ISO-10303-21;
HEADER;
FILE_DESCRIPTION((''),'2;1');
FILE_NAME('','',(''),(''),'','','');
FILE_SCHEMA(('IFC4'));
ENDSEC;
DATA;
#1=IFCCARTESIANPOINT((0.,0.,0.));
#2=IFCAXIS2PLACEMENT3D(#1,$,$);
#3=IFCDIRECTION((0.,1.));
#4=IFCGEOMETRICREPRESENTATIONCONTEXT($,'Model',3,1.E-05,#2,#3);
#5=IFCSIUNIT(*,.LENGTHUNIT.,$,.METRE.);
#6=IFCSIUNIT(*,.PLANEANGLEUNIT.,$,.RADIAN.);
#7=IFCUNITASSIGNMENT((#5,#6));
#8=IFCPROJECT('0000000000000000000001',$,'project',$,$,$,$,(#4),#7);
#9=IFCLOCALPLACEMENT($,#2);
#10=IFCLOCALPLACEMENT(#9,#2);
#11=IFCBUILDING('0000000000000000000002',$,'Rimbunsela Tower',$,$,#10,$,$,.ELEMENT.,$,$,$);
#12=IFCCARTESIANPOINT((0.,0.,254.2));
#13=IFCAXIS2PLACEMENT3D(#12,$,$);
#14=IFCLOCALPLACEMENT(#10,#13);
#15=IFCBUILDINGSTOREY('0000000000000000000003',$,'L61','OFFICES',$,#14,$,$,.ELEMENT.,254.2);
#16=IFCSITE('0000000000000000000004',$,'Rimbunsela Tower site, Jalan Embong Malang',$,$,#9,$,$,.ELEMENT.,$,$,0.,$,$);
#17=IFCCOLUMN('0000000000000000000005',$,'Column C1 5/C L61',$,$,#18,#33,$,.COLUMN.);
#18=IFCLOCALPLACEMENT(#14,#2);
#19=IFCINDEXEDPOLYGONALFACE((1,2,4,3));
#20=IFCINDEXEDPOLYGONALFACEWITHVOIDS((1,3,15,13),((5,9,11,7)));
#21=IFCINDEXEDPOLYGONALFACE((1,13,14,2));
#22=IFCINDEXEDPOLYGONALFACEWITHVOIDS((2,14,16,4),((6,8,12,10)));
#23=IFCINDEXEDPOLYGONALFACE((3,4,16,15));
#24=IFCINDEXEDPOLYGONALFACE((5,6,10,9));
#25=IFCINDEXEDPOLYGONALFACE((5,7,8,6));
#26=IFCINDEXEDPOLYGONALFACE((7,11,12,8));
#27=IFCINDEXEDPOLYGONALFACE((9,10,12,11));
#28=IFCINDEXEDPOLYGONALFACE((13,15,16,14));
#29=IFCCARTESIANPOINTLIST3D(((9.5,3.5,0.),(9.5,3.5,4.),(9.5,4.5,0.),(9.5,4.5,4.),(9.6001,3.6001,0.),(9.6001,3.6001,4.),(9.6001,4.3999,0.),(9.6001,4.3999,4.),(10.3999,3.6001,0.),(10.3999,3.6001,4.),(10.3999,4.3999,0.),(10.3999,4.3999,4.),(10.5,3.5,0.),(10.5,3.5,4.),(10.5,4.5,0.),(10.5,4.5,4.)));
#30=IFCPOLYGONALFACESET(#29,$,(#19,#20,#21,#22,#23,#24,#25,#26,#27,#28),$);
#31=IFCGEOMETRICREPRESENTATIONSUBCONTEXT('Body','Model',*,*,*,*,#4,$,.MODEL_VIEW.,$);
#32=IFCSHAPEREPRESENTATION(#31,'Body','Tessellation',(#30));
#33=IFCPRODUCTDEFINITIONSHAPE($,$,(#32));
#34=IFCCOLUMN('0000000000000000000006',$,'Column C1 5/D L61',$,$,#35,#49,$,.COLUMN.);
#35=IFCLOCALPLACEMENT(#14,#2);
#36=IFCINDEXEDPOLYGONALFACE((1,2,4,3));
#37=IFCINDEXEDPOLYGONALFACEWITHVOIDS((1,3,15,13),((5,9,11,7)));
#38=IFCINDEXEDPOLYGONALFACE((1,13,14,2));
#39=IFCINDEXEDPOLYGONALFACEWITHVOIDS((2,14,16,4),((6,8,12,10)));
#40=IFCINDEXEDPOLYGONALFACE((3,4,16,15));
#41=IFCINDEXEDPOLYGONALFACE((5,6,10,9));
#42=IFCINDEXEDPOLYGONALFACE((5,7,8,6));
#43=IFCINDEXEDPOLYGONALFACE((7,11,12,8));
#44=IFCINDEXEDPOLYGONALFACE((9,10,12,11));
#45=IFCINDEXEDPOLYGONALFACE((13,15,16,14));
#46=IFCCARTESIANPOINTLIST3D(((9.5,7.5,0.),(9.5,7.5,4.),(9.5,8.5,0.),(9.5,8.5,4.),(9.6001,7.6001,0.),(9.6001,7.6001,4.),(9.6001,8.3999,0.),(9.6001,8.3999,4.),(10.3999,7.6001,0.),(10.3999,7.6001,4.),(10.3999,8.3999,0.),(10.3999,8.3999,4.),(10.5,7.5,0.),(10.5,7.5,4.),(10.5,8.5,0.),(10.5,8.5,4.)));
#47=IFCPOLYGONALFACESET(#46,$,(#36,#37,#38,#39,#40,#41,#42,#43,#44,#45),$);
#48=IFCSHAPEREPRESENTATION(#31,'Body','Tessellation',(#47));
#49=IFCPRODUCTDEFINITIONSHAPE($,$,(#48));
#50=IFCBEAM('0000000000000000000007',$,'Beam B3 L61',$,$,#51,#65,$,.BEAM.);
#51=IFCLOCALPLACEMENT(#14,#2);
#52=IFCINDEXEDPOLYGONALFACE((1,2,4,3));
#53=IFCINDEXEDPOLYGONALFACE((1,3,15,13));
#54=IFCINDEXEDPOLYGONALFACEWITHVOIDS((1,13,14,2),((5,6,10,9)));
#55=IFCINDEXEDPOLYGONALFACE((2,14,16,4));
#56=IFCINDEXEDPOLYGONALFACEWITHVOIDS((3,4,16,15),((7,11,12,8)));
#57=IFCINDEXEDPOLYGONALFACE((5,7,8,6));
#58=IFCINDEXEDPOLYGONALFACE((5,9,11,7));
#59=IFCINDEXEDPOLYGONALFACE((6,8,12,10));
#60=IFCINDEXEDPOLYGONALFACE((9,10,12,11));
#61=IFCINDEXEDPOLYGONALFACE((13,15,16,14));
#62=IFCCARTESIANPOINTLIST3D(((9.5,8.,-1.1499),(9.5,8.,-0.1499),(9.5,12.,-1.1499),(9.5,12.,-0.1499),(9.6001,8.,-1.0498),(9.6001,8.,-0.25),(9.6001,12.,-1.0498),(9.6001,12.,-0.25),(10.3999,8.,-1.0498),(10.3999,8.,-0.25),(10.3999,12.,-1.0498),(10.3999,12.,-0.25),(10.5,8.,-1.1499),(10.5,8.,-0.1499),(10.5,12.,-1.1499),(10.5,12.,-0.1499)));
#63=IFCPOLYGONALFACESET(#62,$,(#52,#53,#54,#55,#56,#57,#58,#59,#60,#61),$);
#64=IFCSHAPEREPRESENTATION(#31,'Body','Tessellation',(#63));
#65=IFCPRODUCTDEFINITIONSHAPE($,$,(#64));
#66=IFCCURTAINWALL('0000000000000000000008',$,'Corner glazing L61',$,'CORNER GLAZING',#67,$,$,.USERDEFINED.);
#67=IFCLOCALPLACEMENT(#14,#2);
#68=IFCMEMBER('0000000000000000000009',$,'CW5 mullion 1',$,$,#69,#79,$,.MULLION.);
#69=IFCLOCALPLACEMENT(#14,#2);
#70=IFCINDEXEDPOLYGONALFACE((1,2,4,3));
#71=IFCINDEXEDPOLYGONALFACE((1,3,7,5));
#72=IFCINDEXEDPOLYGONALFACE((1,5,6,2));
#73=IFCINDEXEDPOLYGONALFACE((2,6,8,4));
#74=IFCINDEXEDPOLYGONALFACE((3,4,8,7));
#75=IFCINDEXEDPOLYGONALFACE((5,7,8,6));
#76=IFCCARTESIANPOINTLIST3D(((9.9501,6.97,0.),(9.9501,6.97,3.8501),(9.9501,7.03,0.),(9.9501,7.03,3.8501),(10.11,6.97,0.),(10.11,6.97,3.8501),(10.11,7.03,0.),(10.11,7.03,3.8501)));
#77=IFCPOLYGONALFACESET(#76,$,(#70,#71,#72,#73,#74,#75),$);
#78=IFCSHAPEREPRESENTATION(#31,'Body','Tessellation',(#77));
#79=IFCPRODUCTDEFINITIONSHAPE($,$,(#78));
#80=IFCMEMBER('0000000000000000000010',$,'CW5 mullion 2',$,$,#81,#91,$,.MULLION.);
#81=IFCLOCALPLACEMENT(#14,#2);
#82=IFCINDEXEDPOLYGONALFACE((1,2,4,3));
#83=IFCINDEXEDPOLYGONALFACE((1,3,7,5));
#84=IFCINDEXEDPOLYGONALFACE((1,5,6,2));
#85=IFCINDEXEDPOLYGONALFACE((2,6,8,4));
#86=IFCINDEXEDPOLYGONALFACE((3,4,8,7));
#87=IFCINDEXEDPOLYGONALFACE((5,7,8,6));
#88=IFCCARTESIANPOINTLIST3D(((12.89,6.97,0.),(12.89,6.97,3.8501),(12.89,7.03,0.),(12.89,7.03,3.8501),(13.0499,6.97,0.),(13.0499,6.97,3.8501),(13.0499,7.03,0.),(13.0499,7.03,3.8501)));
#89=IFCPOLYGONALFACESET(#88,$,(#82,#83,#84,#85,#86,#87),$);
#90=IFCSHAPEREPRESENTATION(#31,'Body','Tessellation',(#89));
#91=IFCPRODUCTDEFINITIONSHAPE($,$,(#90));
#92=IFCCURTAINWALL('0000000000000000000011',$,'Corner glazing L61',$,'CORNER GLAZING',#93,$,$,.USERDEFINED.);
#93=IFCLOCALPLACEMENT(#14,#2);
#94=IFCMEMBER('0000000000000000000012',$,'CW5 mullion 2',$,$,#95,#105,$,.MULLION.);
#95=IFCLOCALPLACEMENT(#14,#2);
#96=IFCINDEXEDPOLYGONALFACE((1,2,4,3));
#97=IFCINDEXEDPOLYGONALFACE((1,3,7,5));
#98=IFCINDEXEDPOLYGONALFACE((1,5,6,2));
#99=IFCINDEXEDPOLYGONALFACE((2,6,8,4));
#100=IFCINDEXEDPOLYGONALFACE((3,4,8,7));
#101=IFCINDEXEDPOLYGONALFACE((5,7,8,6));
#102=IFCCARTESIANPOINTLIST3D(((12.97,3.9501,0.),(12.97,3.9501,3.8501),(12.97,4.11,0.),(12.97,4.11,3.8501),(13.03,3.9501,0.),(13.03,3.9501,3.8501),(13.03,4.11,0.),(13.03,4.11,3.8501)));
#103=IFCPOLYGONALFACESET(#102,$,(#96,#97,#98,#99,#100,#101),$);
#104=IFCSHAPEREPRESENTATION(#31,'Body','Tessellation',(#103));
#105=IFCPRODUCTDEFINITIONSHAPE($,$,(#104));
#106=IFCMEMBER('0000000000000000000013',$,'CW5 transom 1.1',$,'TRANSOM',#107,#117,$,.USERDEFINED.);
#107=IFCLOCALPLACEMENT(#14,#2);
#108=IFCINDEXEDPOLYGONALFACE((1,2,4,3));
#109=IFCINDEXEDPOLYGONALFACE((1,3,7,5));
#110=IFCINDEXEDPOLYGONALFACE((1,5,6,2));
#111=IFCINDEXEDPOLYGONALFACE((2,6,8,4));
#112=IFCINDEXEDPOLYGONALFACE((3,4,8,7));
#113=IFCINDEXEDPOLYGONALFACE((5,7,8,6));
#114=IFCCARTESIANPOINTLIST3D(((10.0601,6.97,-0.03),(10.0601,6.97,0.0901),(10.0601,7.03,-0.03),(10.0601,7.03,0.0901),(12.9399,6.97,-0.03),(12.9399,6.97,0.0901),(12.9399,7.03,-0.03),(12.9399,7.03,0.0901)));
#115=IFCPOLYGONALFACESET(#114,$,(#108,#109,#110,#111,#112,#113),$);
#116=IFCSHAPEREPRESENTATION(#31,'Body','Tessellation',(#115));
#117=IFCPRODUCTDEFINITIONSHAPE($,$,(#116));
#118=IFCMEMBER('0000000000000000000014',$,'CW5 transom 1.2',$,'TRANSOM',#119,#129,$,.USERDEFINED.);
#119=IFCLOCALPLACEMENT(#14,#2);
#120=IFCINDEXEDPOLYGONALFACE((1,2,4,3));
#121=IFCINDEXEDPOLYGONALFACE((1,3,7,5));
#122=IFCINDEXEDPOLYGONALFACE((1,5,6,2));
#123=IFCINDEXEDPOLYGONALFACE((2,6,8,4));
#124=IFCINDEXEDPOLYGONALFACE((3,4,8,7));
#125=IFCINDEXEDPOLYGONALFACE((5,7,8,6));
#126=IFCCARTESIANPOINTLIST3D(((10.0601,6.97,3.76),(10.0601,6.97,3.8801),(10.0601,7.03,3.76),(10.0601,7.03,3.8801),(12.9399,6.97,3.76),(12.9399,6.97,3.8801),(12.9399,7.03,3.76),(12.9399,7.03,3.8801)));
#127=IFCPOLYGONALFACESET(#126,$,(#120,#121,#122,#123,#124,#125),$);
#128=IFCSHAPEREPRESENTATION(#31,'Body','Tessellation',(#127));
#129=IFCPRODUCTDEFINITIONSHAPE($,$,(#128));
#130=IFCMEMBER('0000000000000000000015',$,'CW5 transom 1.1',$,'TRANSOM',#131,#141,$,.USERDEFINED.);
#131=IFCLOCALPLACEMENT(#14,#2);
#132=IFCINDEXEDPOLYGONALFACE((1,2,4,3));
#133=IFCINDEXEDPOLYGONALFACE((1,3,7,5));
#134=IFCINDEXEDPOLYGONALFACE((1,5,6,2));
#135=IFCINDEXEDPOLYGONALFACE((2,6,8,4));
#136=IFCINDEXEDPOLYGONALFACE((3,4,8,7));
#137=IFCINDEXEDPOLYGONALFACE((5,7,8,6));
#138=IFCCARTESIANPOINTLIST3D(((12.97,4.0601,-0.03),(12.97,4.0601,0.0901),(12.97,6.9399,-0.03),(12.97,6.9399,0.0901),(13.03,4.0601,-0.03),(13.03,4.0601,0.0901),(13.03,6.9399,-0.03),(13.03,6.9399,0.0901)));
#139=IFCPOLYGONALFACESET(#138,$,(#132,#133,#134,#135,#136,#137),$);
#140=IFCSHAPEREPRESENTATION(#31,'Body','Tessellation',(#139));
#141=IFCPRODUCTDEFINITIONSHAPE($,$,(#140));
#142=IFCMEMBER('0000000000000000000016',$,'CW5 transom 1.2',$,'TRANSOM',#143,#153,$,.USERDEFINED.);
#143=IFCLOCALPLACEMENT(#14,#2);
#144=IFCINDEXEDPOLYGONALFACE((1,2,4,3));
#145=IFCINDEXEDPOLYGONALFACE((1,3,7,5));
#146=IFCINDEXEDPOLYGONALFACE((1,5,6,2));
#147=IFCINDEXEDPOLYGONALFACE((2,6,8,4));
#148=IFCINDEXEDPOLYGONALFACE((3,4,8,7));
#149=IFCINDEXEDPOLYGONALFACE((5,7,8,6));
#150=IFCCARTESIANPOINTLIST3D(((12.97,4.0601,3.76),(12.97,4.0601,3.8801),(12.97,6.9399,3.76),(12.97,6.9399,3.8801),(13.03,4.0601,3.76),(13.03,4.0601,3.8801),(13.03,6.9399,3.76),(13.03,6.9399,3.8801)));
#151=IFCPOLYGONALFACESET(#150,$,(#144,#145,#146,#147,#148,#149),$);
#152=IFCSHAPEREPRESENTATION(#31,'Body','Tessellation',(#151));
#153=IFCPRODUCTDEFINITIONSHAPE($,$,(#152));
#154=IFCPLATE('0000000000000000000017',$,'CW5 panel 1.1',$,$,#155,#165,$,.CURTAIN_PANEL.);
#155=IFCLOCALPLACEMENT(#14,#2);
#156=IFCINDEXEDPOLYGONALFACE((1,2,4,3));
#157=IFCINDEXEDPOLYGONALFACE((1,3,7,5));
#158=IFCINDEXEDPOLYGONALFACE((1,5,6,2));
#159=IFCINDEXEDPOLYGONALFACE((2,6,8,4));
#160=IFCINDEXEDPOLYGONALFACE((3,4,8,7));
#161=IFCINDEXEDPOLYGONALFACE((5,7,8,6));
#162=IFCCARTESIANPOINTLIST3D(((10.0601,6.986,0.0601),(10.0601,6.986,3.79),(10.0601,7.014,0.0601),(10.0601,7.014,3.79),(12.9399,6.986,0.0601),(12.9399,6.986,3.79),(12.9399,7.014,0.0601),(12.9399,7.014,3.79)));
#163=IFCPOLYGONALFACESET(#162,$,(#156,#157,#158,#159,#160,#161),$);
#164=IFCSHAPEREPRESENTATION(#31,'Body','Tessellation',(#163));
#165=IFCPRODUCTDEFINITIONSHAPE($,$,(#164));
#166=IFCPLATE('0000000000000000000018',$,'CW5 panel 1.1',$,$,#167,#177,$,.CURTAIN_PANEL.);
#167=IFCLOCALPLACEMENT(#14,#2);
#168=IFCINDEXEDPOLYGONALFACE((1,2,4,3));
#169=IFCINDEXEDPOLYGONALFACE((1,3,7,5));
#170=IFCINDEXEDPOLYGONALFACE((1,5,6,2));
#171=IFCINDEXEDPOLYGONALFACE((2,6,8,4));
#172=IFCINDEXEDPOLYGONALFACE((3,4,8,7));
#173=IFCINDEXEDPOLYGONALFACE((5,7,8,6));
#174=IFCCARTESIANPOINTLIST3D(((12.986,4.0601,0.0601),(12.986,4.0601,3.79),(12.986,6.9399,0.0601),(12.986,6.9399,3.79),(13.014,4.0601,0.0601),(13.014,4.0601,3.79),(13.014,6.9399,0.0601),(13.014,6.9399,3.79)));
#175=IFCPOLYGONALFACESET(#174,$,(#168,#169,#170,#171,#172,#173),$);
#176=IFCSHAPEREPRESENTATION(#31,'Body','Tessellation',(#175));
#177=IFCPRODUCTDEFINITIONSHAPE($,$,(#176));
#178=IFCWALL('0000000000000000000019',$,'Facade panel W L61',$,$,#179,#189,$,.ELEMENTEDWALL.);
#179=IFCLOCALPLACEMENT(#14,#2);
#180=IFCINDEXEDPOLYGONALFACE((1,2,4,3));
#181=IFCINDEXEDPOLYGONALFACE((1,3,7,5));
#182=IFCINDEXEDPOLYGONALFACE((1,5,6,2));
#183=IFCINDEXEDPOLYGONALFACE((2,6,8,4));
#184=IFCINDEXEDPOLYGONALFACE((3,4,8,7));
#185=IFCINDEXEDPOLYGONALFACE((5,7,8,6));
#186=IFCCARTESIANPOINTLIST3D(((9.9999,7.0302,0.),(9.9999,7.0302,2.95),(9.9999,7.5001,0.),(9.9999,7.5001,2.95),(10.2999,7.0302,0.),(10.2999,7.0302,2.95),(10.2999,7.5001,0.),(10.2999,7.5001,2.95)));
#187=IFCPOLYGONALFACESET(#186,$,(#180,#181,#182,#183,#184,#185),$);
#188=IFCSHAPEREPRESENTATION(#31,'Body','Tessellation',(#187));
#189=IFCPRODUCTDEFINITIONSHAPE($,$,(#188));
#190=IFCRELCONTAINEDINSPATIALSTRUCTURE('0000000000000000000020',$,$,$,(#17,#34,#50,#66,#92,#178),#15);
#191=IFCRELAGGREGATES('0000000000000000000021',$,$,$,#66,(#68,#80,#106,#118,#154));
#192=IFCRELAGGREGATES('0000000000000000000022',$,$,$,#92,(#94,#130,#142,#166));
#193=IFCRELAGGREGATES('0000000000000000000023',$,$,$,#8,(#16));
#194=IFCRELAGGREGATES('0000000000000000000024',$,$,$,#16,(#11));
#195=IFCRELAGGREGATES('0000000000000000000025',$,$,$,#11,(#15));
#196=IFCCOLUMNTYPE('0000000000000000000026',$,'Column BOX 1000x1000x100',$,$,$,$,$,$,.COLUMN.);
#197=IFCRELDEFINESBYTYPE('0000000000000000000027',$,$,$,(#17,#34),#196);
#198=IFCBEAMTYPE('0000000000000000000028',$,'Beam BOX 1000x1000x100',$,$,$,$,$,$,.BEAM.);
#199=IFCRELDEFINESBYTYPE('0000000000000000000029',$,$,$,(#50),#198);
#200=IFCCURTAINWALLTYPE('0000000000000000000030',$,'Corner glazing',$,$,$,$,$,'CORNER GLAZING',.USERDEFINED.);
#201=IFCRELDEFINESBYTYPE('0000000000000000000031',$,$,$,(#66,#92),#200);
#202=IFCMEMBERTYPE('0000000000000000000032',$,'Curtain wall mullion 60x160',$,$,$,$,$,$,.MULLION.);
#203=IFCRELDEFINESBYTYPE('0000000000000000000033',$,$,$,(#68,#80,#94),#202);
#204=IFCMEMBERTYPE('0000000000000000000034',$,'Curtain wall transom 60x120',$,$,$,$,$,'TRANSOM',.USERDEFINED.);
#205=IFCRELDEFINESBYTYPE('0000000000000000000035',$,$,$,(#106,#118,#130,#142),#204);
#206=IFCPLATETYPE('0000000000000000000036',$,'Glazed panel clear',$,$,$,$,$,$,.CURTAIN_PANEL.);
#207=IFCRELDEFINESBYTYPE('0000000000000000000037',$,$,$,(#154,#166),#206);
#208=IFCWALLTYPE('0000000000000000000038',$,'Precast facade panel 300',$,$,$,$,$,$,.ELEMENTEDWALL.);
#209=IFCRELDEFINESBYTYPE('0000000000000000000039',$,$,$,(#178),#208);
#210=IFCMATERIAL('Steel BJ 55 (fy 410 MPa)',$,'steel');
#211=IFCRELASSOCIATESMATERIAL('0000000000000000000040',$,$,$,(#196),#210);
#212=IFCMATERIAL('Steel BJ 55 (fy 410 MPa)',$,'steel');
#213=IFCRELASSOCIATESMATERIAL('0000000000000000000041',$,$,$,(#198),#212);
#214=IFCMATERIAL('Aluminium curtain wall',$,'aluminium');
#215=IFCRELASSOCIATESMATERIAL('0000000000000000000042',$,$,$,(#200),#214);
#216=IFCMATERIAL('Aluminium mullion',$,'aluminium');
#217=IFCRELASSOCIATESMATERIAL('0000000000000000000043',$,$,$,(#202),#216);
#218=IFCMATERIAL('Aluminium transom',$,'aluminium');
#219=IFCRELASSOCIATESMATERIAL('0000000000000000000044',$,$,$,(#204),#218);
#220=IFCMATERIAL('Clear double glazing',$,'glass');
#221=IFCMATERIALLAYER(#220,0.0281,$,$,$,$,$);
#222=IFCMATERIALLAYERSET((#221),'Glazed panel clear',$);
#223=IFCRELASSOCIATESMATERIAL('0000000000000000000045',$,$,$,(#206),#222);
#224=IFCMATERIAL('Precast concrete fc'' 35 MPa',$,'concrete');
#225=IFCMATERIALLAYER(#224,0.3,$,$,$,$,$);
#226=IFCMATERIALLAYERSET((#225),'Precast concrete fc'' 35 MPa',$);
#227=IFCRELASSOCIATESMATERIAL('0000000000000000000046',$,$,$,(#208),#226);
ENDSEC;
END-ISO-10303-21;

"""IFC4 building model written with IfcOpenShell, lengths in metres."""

from ifc_helpers import new_model, si_unit, direction, frame, frame_2d, origin, origin_2d, place, context, subcontext, project, spatial, rectangle, hollow_rectangle, extrude, material, layer, layer_set, material_profile, profile_set, type_object, element, aggregate, save


model = new_model("IFC4")

# Units and contexts
model_context = context("Model", 3, precision=1e-05, world=origin(), true_north=direction((0.0, 1.0)))
body_context = subcontext(model_context, "Body", "Model", "MODEL_VIEW")
ifc_project = project(units=[si_unit("LENGTHUNIT", "METRE"), si_unit("PLANEANGLEUNIT", "RADIAN")], contexts=[model_context])

# Site, building, storey
site_placement = place(None, origin())
site = spatial("IfcSite", under=ifc_project, at=site_placement, Name="Rimbunsela Tower site, Jalan Embong Malang", CompositionType="ELEMENT", RefElevation=0.0)
building_placement = place(site_placement, origin())
building = spatial("IfcBuilding", under=site, at=building_placement, Name="Rimbunsela Tower", CompositionType="ELEMENT")
storey_placement = place(building_placement, frame((0.0, 0.0, 254.2)))
storey = spatial("IfcBuildingStorey", under=building, at=storey_placement, Name="L61", Description="OFFICES", CompositionType="ELEMENT", Elevation=254.2)

# Columns
ifc_material_1 = material(Name="Steel BJ 55 (fy 410 MPa)", Category="steel")
ifc_material_profile_1 = material_profile(ifc_material_1, hollow_rectangle(XDim=1.0, YDim=1.0, WallThickness=0.1001, at=origin_2d()), Name="BOX 1000x1000x100")
ifc_profile_set_1 = profile_set([ifc_material_profile_1], Name="Steel BJ 55 (fy 410 MPa)")
column_type = type_object("IfcColumnType", Name="Column BOX 1000x1000x100", PredefinedType="COLUMN", material=ifc_profile_set_1)
for number, where, z_axis, x_axis, name in (
    (1, (10.0, 4.0, 0.0), (0.0, 0.0, 1.0), (1.0, 0.0, 0.0), "Column C1 5/C L61"),
    (2, (10.0, 8.0, 0.0), (0.0, 0.0, 1.0), (1.0, 0.0, 0.0), "Column C1 5/D L61"),
):
    element("IfcColumn", number, at=place(storey_placement, frame(where, z_axis=z_axis, x_axis=x_axis)), inside=storey, type_object=column_type, Name=name, PredefinedType="COLUMN", context=body_context, shape_type="SweptSolid", body=[
        extrude(hollow_rectangle(XDim=1.0, YDim=1.0, WallThickness=0.1001, at=origin_2d()), origin(), (0.0, 0.0, 1.0), 4.0),
    ])

# Beam
ifc_material_2 = material(Name="Steel BJ 55 (fy 410 MPa)", Category="steel")
ifc_material_profile_2 = material_profile(ifc_material_2, hollow_rectangle(XDim=1.0, YDim=1.0, WallThickness=0.1001, at=origin_2d()), Name="BOX 1000x1000x100")
ifc_profile_set_2 = profile_set([ifc_material_profile_2], Name="Steel BJ 55 (fy 410 MPa)")
beam_type = type_object("IfcBeamType", Name="Beam BOX 1000x1000x100", PredefinedType="BEAM", material=ifc_profile_set_2)
beam_placement = place(storey_placement, frame((10.0, 8.0, -0.6499), z_axis=(0.0, 1.0, 0.0), x_axis=(-1.0, 0.0, 0.0)))
element("IfcBeam", 3, at=beam_placement, inside=storey, type_object=beam_type, Name="Beam B3 L61", PredefinedType="BEAM", context=body_context, shape_type="SweptSolid", body=[
    extrude(hollow_rectangle(XDim=1.0, YDim=1.0, WallThickness=0.1001, at=origin_2d()), origin(), (0.0, 0.0, 1.0), 4.0),
])

# Curtain wall, members
ifc_material_3 = material(Name="Aluminium curtain wall", Category="aluminium")
curtain_wall_type = type_object("IfcCurtainWallType", Name="Corner glazing", ElementType="CORNER GLAZING", PredefinedType="USERDEFINED", material=ifc_material_3)
curtain_wall_1_placement = place(storey_placement, origin())
curtain_wall_1 = element("IfcCurtainWall", 4, at=curtain_wall_1_placement, inside=storey, type_object=curtain_wall_type, Name="Corner glazing L61", ObjectType="CORNER GLAZING", PredefinedType="USERDEFINED")
ifc_material_4 = material(Name="Aluminium mullion", Category="aluminium")
ifc_material_profile_3 = material_profile(ifc_material_4, rectangle(XDim=0.0601, YDim=0.1599, at=origin_2d()), Name="Mullion 60x160")
ifc_profile_set_3 = profile_set([ifc_material_profile_3], Name="Aluminium mullion")
member_type_1 = type_object("IfcMemberType", Name="Curtain wall mullion 60x160", PredefinedType="MULLION", material=ifc_profile_set_3)
member_1_placement = place(storey_placement, frame((10.03, 7.0, 0.0), z_axis=(0.0, 0.0, 1.0), x_axis=(0.0, 1.0, 0.0)))
member_1 = element("IfcMember", 5, at=member_1_placement, type_object=member_type_1, Name="CW5 mullion 1", PredefinedType="MULLION", context=body_context, shape_type="SweptSolid", body=[
    extrude(rectangle(XDim=0.0601, YDim=0.1599, at=origin_2d()), origin(), (0.0, 0.0, 1.0), 3.8501),
])
member_2_placement = place(storey_placement, frame((12.97, 7.0, 0.0), z_axis=(0.0, 0.0, 1.0), x_axis=(0.0, 1.0, 0.0)))
member_2 = element("IfcMember", 6, at=member_2_placement, type_object=member_type_1, Name="CW5 mullion 2", PredefinedType="MULLION", context=body_context, shape_type="SweptSolid", body=[
    extrude(rectangle(XDim=0.0601, YDim=0.1599, at=origin_2d()), origin(), (0.0, 0.0, 1.0), 3.8501),
])

# Curtain wall, member
curtain_wall_2_placement = place(storey_placement, origin())
curtain_wall_2 = element("IfcCurtainWall", 7, at=curtain_wall_2_placement, inside=storey, type_object=curtain_wall_type, Name="Corner glazing L61", ObjectType="CORNER GLAZING", PredefinedType="USERDEFINED")
member_3_placement = place(storey_placement, frame((13.0, 4.03, 0.0), z_axis=(0.0, 0.0, 1.0), x_axis=(1.0, 0.0, 0.0)))
member_3 = element("IfcMember", 8, at=member_3_placement, type_object=member_type_1, Name="CW5 mullion 2", PredefinedType="MULLION", context=body_context, shape_type="SweptSolid", body=[
    extrude(rectangle(XDim=0.0601, YDim=0.1599, at=origin_2d()), origin(), (0.0, 0.0, 1.0), 3.8501),
])

# Members
ifc_material_5 = material(Name="Aluminium transom", Category="aluminium")
ifc_material_profile_4 = material_profile(ifc_material_5, rectangle(XDim=0.0601, YDim=0.1201, at=origin_2d()), Name="Transom 60x120")
ifc_profile_set_4 = profile_set([ifc_material_profile_4], Name="Aluminium transom")
member_type_2 = type_object("IfcMemberType", Name="Curtain wall transom 60x120", ElementType="TRANSOM", PredefinedType="USERDEFINED", material=ifc_profile_set_4)
member_4_placement = place(storey_placement, frame((10.0601, 7.0, 0.03), z_axis=(1.0, 0.0, 0.0), x_axis=(0.0, 1.0, 0.0)))
member_4 = element("IfcMember", 9, at=member_4_placement, type_object=member_type_2, Name="CW5 transom 1.1", ObjectType="TRANSOM", PredefinedType="USERDEFINED", context=body_context, shape_type="SweptSolid", body=[
    extrude(rectangle(XDim=0.0601, YDim=0.1201, at=origin_2d()), origin(), (0.0, 0.0, 1.0), 2.8799),
])
member_5_placement = place(storey_placement, frame((10.0601, 7.0, 3.8201), z_axis=(1.0, 0.0, 0.0), x_axis=(0.0, 1.0, 0.0)))
member_5 = element("IfcMember", 10, at=member_5_placement, type_object=member_type_2, Name="CW5 transom 1.2", ObjectType="TRANSOM", PredefinedType="USERDEFINED", context=body_context, shape_type="SweptSolid", body=[
    extrude(rectangle(XDim=0.0601, YDim=0.1201, at=origin_2d()), origin(), (0.0, 0.0, 1.0), 2.8799),
])
member_6_placement = place(storey_placement, frame((13.0, 6.9399, 0.03), z_axis=(0.0, -1.0, 0.0), x_axis=(1.0, 0.0, 0.0)))
member_6 = element("IfcMember", 11, at=member_6_placement, type_object=member_type_2, Name="CW5 transom 1.1", ObjectType="TRANSOM", PredefinedType="USERDEFINED", context=body_context, shape_type="SweptSolid", body=[
    extrude(rectangle(XDim=0.0601, YDim=0.1201, at=origin_2d()), origin(), (0.0, 0.0, 1.0), 2.8799),
])
member_7_placement = place(storey_placement, frame((13.0, 6.9399, 3.8201), z_axis=(0.0, -1.0, 0.0), x_axis=(1.0, 0.0, 0.0)))
member_7 = element("IfcMember", 12, at=member_7_placement, type_object=member_type_2, Name="CW5 transom 1.2", ObjectType="TRANSOM", PredefinedType="USERDEFINED", context=body_context, shape_type="SweptSolid", body=[
    extrude(rectangle(XDim=0.0601, YDim=0.1201, at=origin_2d()), origin(), (0.0, 0.0, 1.0), 2.8799),
])

# Plates
ifc_material_6 = material(Name="Clear double glazing", Category="glass")
ifc_layer_1 = layer(ifc_material_6, 0.0281)
ifc_layer_set_1 = layer_set([ifc_layer_1], Name="Glazed panel clear")
plate_type = type_object("IfcPlateType", Name="Glazed panel clear", PredefinedType="CURTAIN_PANEL", material=ifc_layer_set_1)
plate_1_placement = place(storey_placement, frame((11.5, 7.0, 0.0601), z_axis=(0.0, 0.0, 1.0), x_axis=(1.0, 0.0, 0.0)))
plate_1 = element("IfcPlate", 13, at=plate_1_placement, type_object=plate_type, Name="CW5 panel 1.1", PredefinedType="CURTAIN_PANEL", context=body_context, shape_type="SweptSolid", body=[
    extrude(rectangle(XDim=2.8799, YDim=0.0281, at=origin_2d()), origin(), (0.0, 0.0, 1.0), 3.73),
])
aggregate(curtain_wall_1, [member_1, member_2, member_4, member_5, plate_1])
plate_2_placement = place(storey_placement, frame((13.0, 5.5, 0.0601), z_axis=(0.0, 0.0, 1.0), x_axis=(0.0, -1.0, 0.0)))
plate_2 = element("IfcPlate", 14, at=plate_2_placement, type_object=plate_type, Name="CW5 panel 1.1", PredefinedType="CURTAIN_PANEL", context=body_context, shape_type="SweptSolid", body=[
    extrude(rectangle(XDim=2.8799, YDim=0.0281, at=origin_2d()), origin(), (0.0, 0.0, 1.0), 3.73),
])
aggregate(curtain_wall_2, [member_3, member_6, member_7, plate_2])

# Wall
ifc_material_7 = material(Name="Precast concrete fc' 35 MPa", Category="concrete")
ifc_layer_2 = layer(ifc_material_7, 0.3)
ifc_layer_set_2 = layer_set([ifc_layer_2], Name="Precast concrete fc' 35 MPa")
wall_type = type_object("IfcWallType", Name="Precast facade panel 300", PredefinedType="ELEMENTEDWALL", material=ifc_layer_set_2)
wall_1_placement = place(storey_placement, frame((10.1499, 7.5, 0.0), z_axis=(0.0, 0.0, 1.0), x_axis=(0.0, -1.0, 0.0)))
element("IfcWall", 15, at=wall_1_placement, inside=storey, type_object=wall_type, Name="Facade panel W L61", PredefinedType="ELEMENTEDWALL", context=body_context, shape_type="SweptSolid", body=[
    extrude(rectangle(XDim=0.47, YDim=0.3, at=frame_2d((0.2349, 0.0))), origin(), (0.0, 0.0, 1.0), 2.95),
])

save(model, "model.ifc")
